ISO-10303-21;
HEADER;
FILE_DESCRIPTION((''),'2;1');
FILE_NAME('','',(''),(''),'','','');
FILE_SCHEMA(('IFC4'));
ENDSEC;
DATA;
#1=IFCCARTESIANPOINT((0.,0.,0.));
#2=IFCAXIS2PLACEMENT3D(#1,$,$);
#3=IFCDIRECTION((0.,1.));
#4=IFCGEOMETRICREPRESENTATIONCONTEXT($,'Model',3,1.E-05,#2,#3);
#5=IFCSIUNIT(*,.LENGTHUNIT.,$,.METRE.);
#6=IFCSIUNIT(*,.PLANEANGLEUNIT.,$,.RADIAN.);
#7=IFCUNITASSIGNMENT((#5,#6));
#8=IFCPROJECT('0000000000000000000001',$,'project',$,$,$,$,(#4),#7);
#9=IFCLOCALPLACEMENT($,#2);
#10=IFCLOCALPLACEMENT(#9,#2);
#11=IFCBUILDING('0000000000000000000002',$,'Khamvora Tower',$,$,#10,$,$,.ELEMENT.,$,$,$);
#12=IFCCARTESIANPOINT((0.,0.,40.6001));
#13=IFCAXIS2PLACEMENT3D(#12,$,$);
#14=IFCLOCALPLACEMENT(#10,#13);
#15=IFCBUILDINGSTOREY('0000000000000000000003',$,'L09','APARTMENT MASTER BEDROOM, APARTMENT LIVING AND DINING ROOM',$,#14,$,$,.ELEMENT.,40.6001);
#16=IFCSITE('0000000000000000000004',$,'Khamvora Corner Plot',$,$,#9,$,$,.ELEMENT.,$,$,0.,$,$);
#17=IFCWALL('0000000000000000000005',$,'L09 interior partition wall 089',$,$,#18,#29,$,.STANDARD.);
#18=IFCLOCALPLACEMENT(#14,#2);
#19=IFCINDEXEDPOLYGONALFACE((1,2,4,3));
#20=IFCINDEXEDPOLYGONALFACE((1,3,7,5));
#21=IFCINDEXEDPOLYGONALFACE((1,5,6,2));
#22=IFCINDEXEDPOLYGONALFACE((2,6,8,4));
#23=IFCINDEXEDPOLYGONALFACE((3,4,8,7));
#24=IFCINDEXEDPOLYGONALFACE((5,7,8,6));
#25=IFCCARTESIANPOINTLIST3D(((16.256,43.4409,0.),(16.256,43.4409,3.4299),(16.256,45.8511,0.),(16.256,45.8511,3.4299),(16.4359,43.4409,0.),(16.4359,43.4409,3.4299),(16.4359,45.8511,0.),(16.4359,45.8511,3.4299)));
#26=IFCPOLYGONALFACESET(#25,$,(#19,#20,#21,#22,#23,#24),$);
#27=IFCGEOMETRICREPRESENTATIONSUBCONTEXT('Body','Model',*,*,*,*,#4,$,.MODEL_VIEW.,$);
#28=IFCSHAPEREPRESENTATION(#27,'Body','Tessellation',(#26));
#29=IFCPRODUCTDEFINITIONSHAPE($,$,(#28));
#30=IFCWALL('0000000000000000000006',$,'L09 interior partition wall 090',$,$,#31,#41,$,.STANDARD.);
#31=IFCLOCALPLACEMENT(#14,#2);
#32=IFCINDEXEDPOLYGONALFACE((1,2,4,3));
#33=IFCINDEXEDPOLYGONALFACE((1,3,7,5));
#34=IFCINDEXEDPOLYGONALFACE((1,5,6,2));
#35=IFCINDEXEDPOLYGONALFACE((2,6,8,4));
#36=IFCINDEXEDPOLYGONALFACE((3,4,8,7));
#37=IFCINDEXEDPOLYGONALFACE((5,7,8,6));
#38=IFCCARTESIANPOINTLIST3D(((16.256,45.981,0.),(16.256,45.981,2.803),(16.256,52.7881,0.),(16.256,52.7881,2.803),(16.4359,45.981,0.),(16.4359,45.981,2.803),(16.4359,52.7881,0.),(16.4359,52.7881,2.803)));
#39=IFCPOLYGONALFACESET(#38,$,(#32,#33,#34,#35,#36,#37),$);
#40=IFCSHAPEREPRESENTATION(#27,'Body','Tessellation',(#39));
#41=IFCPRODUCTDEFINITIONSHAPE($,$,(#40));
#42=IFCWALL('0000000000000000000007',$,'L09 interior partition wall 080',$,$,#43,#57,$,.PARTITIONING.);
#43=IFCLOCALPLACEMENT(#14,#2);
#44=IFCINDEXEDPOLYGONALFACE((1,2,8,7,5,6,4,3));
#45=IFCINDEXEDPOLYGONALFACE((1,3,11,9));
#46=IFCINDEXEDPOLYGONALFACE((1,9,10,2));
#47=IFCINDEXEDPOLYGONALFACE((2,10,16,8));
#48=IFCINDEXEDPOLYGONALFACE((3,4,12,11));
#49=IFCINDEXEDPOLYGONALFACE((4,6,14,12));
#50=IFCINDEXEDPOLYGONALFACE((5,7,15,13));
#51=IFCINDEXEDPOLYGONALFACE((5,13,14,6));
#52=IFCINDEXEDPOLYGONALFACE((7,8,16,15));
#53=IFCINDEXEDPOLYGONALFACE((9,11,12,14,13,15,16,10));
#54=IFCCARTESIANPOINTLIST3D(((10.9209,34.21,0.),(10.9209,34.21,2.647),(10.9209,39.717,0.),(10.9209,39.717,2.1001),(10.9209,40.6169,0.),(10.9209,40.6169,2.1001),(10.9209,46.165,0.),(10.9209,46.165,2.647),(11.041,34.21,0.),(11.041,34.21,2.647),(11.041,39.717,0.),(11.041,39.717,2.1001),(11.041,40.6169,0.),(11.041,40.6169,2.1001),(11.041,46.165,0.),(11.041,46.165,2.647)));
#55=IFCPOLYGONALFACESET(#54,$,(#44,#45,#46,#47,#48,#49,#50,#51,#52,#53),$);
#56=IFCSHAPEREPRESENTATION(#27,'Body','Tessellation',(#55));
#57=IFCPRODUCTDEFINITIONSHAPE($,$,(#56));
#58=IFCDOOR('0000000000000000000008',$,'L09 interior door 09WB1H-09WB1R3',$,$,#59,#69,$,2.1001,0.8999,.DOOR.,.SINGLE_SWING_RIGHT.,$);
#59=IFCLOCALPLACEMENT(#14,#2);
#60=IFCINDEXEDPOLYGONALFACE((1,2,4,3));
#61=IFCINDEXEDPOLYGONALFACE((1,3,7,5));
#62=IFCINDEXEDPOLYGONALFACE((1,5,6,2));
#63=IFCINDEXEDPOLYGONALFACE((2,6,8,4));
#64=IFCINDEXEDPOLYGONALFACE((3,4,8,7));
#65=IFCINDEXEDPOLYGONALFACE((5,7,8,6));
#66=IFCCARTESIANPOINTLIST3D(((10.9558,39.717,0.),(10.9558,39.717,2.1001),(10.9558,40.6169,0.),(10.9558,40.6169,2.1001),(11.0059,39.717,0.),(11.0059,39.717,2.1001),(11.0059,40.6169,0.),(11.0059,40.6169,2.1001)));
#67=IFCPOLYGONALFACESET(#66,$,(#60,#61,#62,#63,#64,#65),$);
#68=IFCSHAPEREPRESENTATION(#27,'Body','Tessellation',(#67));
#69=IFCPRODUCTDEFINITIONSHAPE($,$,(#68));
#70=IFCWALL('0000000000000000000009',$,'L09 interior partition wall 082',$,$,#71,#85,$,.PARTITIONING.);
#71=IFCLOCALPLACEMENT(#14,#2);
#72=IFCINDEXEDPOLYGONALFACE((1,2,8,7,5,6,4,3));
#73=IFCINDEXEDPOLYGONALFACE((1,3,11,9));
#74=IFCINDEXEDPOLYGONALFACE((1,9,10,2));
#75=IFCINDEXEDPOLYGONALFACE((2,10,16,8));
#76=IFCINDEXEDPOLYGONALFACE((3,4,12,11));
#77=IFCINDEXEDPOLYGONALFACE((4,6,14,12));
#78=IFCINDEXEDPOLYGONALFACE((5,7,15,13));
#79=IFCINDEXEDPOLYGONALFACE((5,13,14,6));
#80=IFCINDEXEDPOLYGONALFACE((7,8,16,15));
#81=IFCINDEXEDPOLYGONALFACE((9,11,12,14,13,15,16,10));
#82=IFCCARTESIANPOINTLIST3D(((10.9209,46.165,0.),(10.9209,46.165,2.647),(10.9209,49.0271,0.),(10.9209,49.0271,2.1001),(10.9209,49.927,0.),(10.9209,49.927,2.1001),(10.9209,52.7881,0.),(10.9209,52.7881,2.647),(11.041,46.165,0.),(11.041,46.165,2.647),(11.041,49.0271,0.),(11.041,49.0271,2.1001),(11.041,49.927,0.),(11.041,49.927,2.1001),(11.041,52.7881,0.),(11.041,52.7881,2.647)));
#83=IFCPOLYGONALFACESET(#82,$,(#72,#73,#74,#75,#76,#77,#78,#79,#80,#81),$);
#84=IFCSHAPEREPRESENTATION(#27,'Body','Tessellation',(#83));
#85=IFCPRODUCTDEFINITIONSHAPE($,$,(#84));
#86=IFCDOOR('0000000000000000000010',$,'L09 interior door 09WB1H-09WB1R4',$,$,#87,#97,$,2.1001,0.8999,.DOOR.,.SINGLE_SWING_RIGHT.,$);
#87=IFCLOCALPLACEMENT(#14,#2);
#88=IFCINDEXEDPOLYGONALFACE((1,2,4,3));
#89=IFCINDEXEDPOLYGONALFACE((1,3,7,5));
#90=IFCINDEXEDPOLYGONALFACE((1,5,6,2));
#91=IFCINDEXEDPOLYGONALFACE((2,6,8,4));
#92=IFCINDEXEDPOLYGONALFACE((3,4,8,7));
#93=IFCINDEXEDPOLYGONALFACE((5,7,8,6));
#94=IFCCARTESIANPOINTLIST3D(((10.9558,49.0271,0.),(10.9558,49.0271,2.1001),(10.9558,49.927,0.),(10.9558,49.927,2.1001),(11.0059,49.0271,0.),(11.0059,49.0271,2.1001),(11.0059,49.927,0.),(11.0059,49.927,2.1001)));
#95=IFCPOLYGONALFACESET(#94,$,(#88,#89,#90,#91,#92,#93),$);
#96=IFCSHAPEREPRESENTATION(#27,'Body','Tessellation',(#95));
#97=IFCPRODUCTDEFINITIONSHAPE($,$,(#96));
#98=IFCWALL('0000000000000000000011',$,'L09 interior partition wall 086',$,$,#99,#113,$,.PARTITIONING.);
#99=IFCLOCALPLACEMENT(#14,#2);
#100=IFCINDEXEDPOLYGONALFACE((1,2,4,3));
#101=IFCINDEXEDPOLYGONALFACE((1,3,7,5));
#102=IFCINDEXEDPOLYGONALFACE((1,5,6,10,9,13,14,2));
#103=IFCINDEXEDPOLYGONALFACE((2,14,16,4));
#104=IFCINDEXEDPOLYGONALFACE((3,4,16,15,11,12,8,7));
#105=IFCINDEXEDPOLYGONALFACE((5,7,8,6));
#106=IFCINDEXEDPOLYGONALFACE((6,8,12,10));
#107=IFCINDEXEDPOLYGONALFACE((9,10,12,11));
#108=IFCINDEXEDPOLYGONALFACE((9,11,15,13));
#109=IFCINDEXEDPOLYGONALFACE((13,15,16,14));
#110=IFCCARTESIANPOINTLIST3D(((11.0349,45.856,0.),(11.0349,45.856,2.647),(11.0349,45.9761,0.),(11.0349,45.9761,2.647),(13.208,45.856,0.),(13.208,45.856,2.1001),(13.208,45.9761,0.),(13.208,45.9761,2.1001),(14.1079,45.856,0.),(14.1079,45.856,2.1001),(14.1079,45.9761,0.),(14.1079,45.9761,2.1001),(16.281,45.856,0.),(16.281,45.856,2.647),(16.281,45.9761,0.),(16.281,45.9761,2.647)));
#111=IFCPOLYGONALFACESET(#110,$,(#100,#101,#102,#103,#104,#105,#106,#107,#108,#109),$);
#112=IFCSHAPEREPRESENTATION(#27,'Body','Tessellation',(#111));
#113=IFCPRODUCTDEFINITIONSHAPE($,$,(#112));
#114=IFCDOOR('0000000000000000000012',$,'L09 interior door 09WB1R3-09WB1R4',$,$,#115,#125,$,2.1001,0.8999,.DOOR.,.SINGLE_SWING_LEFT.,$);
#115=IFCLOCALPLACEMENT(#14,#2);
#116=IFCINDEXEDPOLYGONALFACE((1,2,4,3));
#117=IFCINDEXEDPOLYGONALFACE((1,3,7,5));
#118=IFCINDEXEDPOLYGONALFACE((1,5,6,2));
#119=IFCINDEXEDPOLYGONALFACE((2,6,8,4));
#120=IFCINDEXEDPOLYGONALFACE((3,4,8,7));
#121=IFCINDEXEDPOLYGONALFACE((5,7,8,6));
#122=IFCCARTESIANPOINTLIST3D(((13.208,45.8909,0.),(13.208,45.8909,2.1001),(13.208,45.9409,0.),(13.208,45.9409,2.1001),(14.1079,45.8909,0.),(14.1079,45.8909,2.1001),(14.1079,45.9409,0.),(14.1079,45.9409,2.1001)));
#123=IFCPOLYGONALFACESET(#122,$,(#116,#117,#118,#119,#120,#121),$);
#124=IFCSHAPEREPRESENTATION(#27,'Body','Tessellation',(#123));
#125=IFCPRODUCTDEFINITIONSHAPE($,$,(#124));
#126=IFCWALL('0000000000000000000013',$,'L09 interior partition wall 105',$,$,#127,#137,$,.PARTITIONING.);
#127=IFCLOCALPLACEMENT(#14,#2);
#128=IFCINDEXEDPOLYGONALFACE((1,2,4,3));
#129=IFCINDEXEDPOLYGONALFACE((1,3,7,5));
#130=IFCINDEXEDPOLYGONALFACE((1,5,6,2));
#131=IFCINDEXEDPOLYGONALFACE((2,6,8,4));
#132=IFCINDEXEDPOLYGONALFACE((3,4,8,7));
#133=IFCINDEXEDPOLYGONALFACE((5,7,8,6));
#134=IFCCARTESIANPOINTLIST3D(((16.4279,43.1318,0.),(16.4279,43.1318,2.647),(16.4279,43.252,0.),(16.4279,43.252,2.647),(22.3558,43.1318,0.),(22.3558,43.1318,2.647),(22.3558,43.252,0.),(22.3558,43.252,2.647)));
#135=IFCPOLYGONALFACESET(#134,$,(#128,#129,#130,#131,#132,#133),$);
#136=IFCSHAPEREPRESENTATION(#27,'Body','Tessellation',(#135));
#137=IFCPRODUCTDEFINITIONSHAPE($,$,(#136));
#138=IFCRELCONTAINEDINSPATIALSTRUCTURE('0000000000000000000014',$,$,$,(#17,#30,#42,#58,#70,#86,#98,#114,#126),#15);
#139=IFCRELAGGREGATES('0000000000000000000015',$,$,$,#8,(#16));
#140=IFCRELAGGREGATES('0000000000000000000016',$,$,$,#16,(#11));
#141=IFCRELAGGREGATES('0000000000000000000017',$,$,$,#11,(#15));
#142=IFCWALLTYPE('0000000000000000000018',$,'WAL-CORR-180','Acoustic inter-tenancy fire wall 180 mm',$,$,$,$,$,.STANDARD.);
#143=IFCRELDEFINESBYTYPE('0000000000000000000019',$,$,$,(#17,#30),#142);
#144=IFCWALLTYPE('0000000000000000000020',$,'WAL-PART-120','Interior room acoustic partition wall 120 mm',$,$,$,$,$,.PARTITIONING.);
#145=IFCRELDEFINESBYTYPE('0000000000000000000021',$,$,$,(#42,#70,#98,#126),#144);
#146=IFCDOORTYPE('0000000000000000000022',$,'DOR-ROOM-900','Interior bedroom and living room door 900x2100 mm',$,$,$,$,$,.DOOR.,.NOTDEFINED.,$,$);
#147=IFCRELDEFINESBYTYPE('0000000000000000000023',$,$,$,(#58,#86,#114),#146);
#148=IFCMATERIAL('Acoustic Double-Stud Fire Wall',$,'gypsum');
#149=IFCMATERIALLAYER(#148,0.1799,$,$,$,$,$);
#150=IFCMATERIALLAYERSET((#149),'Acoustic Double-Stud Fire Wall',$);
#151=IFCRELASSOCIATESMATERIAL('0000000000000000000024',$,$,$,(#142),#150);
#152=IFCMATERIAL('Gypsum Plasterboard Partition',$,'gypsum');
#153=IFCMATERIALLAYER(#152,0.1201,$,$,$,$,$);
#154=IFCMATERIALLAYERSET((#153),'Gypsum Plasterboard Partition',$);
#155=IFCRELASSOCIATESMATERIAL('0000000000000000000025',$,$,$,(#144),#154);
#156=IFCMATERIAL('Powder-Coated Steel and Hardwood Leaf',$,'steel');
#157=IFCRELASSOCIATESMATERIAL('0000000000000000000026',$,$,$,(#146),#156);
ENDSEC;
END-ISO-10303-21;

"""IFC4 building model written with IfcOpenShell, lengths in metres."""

from ifc_helpers import new_model, si_unit, direction, frame, frame_2d, origin, place, context, subcontext, project, spatial, rectangle, extrude, material, layer, layer_set, type_object, element, fill, save


model = new_model("IFC4")

# Units and contexts
model_context = context("Model", 3, precision=1e-05, world=origin(), true_north=direction((0.0, 1.0)))
body_context = subcontext(model_context, "Body", "Model", "MODEL_VIEW")
ifc_project = project(units=[si_unit("LENGTHUNIT", "METRE"), si_unit("PLANEANGLEUNIT", "RADIAN")], contexts=[model_context])

# Site, building, storey
site_placement = place(None, origin())
site = spatial("IfcSite", under=ifc_project, at=site_placement, Name="Khamvora Corner Plot", CompositionType="ELEMENT", RefElevation=0.0)
building_placement = place(site_placement, origin())
building = spatial("IfcBuilding", under=site, at=building_placement, Name="Khamvora Tower", CompositionType="ELEMENT")
storey_placement = place(building_placement, frame((0.0, 0.0, 40.6001)))
storey = spatial("IfcBuildingStorey", under=building, at=storey_placement, Name="L09", Description="APARTMENT MASTER BEDROOM, APARTMENT LIVING AND DINING ROOM", CompositionType="ELEMENT", Elevation=40.6001)

# Walls
ifc_material_1 = material(Name="Acoustic Double-Stud Fire Wall", Category="gypsum")
ifc_layer_1 = layer(ifc_material_1, 0.1799)
ifc_layer_set_1 = layer_set([ifc_layer_1], Name="Acoustic Double-Stud Fire Wall")
wall_type_1 = type_object("IfcWallType", Name="WAL-CORR-180", Description="Acoustic inter-tenancy fire wall 180 mm", PredefinedType="STANDARD", material=ifc_layer_set_1)
wall_1_placement = place(storey_placement, frame((16.3459, 45.8511, 0.0), z_axis=(0.0, 0.0, 1.0), x_axis=(0.0, -1.0, 0.0)))
element("IfcWall", 1, at=wall_1_placement, inside=storey, type_object=wall_type_1, Name="L09 interior partition wall 089", PredefinedType="STANDARD", context=body_context, shape_type="SweptSolid", body=[
    extrude(rectangle(XDim=2.4102, YDim=0.1799, at=frame_2d((1.2051, 0.0))), origin(), (0.0, 0.0, 1.0), 3.4299),
])
wall_2_placement = place(storey_placement, frame((16.3459, 52.7881, 0.0), z_axis=(0.0, 0.0, 1.0), x_axis=(0.0, -1.0, 0.0)))
element("IfcWall", 2, at=wall_2_placement, inside=storey, type_object=wall_type_1, Name="L09 interior partition wall 090", PredefinedType="STANDARD", context=body_context, shape_type="SweptSolid", body=[
    extrude(rectangle(XDim=6.8071, YDim=0.1799, at=frame_2d((3.4036, 0.0))), origin(), (0.0, 0.0, 1.0), 2.803),
])

# Walls, openings, doors
ifc_material_2 = material(Name="Gypsum Plasterboard Partition", Category="gypsum")
ifc_layer_2 = layer(ifc_material_2, 0.1201)
ifc_layer_set_2 = layer_set([ifc_layer_2], Name="Gypsum Plasterboard Partition")
wall_type_2 = type_object("IfcWallType", Name="WAL-PART-120", Description="Interior room acoustic partition wall 120 mm", PredefinedType="PARTITIONING", material=ifc_layer_set_2)
wall_3_placement = place(storey_placement, frame((10.981, 46.165, 0.0), z_axis=(0.0, 0.0, 1.0), x_axis=(0.0, -1.0, 0.0)))
wall_3 = element("IfcWall", 3, at=wall_3_placement, inside=storey, type_object=wall_type_2, Name="L09 interior partition wall 080", PredefinedType="PARTITIONING", context=body_context, shape_type="SweptSolid", body=[
    extrude(rectangle(XDim=11.9551, YDim=0.1201, at=frame_2d((5.9775, 0.0))), origin(), (0.0, 0.0, 1.0), 2.647),
])
opening_1_placement = place(wall_3_placement, frame((5.5481, 0.0, 0.0)))
opening_1 = element("IfcOpeningElement", 4, at=opening_1_placement, cuts=wall_3, PredefinedType="OPENING", context=body_context, shape_type="SweptSolid", body=[
    extrude(rectangle(XDim=0.8999, YDim=2.1001, at=frame_2d((0.45, 1.05))), frame((0.0, 0.0701, 0.0), z_axis=(0.0, -1.0, 0.0), x_axis=(1.0, 0.0, 0.0)), (0.0, 0.0, 1.0), 0.1401),
])
ifc_material_3 = material(Name="Powder-Coated Steel and Hardwood Leaf", Category="steel")
door_type = type_object("IfcDoorType", Name="DOR-ROOM-900", Description="Interior bedroom and living room door 900x2100 mm", OperationType="NOTDEFINED", PredefinedType="DOOR", material=ifc_material_3)
door_1_placement = place(opening_1_placement, origin())
door_1 = element("IfcDoor", 5, at=door_1_placement, inside=storey, type_object=door_type, Name="L09 interior door 09WB1H-09WB1R3", OperationType="SINGLE_SWING_RIGHT", OverallHeight=2.1001, OverallWidth=0.8999, PredefinedType="DOOR", context=body_context, shape_type="SweptSolid", body=[
    extrude(rectangle(XDim=0.8999, YDim=2.1001, at=frame_2d((0.45, 1.05))), frame((0.0, 0.0249, 0.0), z_axis=(0.0, -1.0, 0.0), x_axis=(1.0, 0.0, 0.0)), (0.0, 0.0, 1.0), 0.05),
])
fill(opening_1, door_1)
wall_4_placement = place(storey_placement, frame((10.981, 52.7881, 0.0), z_axis=(0.0, 0.0, 1.0), x_axis=(0.0, -1.0, 0.0)))
wall_4 = element("IfcWall", 6, at=wall_4_placement, inside=storey, type_object=wall_type_2, Name="L09 interior partition wall 082", PredefinedType="PARTITIONING", context=body_context, shape_type="SweptSolid", body=[
    extrude(rectangle(XDim=6.623, YDim=0.1201, at=frame_2d((3.3115, 0.0))), origin(), (0.0, 0.0, 1.0), 2.647),
])
opening_2_placement = place(wall_4_placement, frame((2.8611, 0.0, 0.0)))
opening_2 = element("IfcOpeningElement", 7, at=opening_2_placement, cuts=wall_4, PredefinedType="OPENING", context=body_context, shape_type="SweptSolid", body=[
    extrude(rectangle(XDim=0.8999, YDim=2.1001, at=frame_2d((0.45, 1.05))), frame((0.0, 0.0701, 0.0), z_axis=(0.0, -1.0, 0.0), x_axis=(1.0, 0.0, 0.0)), (0.0, 0.0, 1.0), 0.1401),
])
door_2_placement = place(opening_2_placement, origin())
door_2 = element("IfcDoor", 8, at=door_2_placement, inside=storey, type_object=door_type, Name="L09 interior door 09WB1H-09WB1R4", OperationType="SINGLE_SWING_RIGHT", OverallHeight=2.1001, OverallWidth=0.8999, PredefinedType="DOOR", context=body_context, shape_type="SweptSolid", body=[
    extrude(rectangle(XDim=0.8999, YDim=2.1001, at=frame_2d((0.45, 1.05))), frame((0.0, 0.0249, 0.0), z_axis=(0.0, -1.0, 0.0), x_axis=(1.0, 0.0, 0.0)), (0.0, 0.0, 1.0), 0.05),
])
fill(opening_2, door_2)
wall_5_placement = place(storey_placement, frame((11.0349, 45.916, 0.0), z_axis=(0.0, 0.0, 1.0), x_axis=(1.0, 0.0, 0.0)))
wall_5 = element("IfcWall", 9, at=wall_5_placement, inside=storey, type_object=wall_type_2, Name="L09 interior partition wall 086", PredefinedType="PARTITIONING", context=body_context, shape_type="SweptSolid", body=[
    extrude(rectangle(XDim=5.2461, YDim=0.1201, at=frame_2d((2.623, 0.0))), origin(), (0.0, 0.0, 1.0), 2.647),
])
opening_3_placement = place(wall_5_placement, frame((2.1731, 0.0, 0.0)))
opening_3 = element("IfcOpeningElement", 10, at=opening_3_placement, cuts=wall_5, PredefinedType="OPENING", context=body_context, shape_type="SweptSolid", body=[
    extrude(rectangle(XDim=0.8999, YDim=2.1001, at=frame_2d((0.45, 1.05))), frame((0.0, 0.0701, 0.0), z_axis=(0.0, -1.0, 0.0), x_axis=(1.0, 0.0, 0.0)), (0.0, 0.0, 1.0), 0.1401),
])
door_3_placement = place(opening_3_placement, origin())
door_3 = element("IfcDoor", 11, at=door_3_placement, inside=storey, type_object=door_type, Name="L09 interior door 09WB1R3-09WB1R4", OperationType="SINGLE_SWING_LEFT", OverallHeight=2.1001, OverallWidth=0.8999, PredefinedType="DOOR", context=body_context, shape_type="SweptSolid", body=[
    extrude(rectangle(XDim=0.8999, YDim=2.1001, at=frame_2d((0.45, 1.05))), frame((0.0, 0.0249, 0.0), z_axis=(0.0, -1.0, 0.0), x_axis=(1.0, 0.0, 0.0)), (0.0, 0.0, 1.0), 0.05),
])
fill(opening_3, door_3)

# Wall
wall_6_placement = place(storey_placement, frame((16.428, 43.1919, 0.0), z_axis=(0.0, 0.0, 1.0), x_axis=(1.0, 0.0, 0.0)))
element("IfcWall", 12, at=wall_6_placement, inside=storey, type_object=wall_type_2, Name="L09 interior partition wall 105", PredefinedType="PARTITIONING", context=body_context, shape_type="SweptSolid", body=[
    extrude(rectangle(XDim=5.928, YDim=0.1201, at=frame_2d((2.9639, 0.0))), origin(), (0.0, 0.0, 1.0), 2.647),
])

save(model, "model.ifc")
